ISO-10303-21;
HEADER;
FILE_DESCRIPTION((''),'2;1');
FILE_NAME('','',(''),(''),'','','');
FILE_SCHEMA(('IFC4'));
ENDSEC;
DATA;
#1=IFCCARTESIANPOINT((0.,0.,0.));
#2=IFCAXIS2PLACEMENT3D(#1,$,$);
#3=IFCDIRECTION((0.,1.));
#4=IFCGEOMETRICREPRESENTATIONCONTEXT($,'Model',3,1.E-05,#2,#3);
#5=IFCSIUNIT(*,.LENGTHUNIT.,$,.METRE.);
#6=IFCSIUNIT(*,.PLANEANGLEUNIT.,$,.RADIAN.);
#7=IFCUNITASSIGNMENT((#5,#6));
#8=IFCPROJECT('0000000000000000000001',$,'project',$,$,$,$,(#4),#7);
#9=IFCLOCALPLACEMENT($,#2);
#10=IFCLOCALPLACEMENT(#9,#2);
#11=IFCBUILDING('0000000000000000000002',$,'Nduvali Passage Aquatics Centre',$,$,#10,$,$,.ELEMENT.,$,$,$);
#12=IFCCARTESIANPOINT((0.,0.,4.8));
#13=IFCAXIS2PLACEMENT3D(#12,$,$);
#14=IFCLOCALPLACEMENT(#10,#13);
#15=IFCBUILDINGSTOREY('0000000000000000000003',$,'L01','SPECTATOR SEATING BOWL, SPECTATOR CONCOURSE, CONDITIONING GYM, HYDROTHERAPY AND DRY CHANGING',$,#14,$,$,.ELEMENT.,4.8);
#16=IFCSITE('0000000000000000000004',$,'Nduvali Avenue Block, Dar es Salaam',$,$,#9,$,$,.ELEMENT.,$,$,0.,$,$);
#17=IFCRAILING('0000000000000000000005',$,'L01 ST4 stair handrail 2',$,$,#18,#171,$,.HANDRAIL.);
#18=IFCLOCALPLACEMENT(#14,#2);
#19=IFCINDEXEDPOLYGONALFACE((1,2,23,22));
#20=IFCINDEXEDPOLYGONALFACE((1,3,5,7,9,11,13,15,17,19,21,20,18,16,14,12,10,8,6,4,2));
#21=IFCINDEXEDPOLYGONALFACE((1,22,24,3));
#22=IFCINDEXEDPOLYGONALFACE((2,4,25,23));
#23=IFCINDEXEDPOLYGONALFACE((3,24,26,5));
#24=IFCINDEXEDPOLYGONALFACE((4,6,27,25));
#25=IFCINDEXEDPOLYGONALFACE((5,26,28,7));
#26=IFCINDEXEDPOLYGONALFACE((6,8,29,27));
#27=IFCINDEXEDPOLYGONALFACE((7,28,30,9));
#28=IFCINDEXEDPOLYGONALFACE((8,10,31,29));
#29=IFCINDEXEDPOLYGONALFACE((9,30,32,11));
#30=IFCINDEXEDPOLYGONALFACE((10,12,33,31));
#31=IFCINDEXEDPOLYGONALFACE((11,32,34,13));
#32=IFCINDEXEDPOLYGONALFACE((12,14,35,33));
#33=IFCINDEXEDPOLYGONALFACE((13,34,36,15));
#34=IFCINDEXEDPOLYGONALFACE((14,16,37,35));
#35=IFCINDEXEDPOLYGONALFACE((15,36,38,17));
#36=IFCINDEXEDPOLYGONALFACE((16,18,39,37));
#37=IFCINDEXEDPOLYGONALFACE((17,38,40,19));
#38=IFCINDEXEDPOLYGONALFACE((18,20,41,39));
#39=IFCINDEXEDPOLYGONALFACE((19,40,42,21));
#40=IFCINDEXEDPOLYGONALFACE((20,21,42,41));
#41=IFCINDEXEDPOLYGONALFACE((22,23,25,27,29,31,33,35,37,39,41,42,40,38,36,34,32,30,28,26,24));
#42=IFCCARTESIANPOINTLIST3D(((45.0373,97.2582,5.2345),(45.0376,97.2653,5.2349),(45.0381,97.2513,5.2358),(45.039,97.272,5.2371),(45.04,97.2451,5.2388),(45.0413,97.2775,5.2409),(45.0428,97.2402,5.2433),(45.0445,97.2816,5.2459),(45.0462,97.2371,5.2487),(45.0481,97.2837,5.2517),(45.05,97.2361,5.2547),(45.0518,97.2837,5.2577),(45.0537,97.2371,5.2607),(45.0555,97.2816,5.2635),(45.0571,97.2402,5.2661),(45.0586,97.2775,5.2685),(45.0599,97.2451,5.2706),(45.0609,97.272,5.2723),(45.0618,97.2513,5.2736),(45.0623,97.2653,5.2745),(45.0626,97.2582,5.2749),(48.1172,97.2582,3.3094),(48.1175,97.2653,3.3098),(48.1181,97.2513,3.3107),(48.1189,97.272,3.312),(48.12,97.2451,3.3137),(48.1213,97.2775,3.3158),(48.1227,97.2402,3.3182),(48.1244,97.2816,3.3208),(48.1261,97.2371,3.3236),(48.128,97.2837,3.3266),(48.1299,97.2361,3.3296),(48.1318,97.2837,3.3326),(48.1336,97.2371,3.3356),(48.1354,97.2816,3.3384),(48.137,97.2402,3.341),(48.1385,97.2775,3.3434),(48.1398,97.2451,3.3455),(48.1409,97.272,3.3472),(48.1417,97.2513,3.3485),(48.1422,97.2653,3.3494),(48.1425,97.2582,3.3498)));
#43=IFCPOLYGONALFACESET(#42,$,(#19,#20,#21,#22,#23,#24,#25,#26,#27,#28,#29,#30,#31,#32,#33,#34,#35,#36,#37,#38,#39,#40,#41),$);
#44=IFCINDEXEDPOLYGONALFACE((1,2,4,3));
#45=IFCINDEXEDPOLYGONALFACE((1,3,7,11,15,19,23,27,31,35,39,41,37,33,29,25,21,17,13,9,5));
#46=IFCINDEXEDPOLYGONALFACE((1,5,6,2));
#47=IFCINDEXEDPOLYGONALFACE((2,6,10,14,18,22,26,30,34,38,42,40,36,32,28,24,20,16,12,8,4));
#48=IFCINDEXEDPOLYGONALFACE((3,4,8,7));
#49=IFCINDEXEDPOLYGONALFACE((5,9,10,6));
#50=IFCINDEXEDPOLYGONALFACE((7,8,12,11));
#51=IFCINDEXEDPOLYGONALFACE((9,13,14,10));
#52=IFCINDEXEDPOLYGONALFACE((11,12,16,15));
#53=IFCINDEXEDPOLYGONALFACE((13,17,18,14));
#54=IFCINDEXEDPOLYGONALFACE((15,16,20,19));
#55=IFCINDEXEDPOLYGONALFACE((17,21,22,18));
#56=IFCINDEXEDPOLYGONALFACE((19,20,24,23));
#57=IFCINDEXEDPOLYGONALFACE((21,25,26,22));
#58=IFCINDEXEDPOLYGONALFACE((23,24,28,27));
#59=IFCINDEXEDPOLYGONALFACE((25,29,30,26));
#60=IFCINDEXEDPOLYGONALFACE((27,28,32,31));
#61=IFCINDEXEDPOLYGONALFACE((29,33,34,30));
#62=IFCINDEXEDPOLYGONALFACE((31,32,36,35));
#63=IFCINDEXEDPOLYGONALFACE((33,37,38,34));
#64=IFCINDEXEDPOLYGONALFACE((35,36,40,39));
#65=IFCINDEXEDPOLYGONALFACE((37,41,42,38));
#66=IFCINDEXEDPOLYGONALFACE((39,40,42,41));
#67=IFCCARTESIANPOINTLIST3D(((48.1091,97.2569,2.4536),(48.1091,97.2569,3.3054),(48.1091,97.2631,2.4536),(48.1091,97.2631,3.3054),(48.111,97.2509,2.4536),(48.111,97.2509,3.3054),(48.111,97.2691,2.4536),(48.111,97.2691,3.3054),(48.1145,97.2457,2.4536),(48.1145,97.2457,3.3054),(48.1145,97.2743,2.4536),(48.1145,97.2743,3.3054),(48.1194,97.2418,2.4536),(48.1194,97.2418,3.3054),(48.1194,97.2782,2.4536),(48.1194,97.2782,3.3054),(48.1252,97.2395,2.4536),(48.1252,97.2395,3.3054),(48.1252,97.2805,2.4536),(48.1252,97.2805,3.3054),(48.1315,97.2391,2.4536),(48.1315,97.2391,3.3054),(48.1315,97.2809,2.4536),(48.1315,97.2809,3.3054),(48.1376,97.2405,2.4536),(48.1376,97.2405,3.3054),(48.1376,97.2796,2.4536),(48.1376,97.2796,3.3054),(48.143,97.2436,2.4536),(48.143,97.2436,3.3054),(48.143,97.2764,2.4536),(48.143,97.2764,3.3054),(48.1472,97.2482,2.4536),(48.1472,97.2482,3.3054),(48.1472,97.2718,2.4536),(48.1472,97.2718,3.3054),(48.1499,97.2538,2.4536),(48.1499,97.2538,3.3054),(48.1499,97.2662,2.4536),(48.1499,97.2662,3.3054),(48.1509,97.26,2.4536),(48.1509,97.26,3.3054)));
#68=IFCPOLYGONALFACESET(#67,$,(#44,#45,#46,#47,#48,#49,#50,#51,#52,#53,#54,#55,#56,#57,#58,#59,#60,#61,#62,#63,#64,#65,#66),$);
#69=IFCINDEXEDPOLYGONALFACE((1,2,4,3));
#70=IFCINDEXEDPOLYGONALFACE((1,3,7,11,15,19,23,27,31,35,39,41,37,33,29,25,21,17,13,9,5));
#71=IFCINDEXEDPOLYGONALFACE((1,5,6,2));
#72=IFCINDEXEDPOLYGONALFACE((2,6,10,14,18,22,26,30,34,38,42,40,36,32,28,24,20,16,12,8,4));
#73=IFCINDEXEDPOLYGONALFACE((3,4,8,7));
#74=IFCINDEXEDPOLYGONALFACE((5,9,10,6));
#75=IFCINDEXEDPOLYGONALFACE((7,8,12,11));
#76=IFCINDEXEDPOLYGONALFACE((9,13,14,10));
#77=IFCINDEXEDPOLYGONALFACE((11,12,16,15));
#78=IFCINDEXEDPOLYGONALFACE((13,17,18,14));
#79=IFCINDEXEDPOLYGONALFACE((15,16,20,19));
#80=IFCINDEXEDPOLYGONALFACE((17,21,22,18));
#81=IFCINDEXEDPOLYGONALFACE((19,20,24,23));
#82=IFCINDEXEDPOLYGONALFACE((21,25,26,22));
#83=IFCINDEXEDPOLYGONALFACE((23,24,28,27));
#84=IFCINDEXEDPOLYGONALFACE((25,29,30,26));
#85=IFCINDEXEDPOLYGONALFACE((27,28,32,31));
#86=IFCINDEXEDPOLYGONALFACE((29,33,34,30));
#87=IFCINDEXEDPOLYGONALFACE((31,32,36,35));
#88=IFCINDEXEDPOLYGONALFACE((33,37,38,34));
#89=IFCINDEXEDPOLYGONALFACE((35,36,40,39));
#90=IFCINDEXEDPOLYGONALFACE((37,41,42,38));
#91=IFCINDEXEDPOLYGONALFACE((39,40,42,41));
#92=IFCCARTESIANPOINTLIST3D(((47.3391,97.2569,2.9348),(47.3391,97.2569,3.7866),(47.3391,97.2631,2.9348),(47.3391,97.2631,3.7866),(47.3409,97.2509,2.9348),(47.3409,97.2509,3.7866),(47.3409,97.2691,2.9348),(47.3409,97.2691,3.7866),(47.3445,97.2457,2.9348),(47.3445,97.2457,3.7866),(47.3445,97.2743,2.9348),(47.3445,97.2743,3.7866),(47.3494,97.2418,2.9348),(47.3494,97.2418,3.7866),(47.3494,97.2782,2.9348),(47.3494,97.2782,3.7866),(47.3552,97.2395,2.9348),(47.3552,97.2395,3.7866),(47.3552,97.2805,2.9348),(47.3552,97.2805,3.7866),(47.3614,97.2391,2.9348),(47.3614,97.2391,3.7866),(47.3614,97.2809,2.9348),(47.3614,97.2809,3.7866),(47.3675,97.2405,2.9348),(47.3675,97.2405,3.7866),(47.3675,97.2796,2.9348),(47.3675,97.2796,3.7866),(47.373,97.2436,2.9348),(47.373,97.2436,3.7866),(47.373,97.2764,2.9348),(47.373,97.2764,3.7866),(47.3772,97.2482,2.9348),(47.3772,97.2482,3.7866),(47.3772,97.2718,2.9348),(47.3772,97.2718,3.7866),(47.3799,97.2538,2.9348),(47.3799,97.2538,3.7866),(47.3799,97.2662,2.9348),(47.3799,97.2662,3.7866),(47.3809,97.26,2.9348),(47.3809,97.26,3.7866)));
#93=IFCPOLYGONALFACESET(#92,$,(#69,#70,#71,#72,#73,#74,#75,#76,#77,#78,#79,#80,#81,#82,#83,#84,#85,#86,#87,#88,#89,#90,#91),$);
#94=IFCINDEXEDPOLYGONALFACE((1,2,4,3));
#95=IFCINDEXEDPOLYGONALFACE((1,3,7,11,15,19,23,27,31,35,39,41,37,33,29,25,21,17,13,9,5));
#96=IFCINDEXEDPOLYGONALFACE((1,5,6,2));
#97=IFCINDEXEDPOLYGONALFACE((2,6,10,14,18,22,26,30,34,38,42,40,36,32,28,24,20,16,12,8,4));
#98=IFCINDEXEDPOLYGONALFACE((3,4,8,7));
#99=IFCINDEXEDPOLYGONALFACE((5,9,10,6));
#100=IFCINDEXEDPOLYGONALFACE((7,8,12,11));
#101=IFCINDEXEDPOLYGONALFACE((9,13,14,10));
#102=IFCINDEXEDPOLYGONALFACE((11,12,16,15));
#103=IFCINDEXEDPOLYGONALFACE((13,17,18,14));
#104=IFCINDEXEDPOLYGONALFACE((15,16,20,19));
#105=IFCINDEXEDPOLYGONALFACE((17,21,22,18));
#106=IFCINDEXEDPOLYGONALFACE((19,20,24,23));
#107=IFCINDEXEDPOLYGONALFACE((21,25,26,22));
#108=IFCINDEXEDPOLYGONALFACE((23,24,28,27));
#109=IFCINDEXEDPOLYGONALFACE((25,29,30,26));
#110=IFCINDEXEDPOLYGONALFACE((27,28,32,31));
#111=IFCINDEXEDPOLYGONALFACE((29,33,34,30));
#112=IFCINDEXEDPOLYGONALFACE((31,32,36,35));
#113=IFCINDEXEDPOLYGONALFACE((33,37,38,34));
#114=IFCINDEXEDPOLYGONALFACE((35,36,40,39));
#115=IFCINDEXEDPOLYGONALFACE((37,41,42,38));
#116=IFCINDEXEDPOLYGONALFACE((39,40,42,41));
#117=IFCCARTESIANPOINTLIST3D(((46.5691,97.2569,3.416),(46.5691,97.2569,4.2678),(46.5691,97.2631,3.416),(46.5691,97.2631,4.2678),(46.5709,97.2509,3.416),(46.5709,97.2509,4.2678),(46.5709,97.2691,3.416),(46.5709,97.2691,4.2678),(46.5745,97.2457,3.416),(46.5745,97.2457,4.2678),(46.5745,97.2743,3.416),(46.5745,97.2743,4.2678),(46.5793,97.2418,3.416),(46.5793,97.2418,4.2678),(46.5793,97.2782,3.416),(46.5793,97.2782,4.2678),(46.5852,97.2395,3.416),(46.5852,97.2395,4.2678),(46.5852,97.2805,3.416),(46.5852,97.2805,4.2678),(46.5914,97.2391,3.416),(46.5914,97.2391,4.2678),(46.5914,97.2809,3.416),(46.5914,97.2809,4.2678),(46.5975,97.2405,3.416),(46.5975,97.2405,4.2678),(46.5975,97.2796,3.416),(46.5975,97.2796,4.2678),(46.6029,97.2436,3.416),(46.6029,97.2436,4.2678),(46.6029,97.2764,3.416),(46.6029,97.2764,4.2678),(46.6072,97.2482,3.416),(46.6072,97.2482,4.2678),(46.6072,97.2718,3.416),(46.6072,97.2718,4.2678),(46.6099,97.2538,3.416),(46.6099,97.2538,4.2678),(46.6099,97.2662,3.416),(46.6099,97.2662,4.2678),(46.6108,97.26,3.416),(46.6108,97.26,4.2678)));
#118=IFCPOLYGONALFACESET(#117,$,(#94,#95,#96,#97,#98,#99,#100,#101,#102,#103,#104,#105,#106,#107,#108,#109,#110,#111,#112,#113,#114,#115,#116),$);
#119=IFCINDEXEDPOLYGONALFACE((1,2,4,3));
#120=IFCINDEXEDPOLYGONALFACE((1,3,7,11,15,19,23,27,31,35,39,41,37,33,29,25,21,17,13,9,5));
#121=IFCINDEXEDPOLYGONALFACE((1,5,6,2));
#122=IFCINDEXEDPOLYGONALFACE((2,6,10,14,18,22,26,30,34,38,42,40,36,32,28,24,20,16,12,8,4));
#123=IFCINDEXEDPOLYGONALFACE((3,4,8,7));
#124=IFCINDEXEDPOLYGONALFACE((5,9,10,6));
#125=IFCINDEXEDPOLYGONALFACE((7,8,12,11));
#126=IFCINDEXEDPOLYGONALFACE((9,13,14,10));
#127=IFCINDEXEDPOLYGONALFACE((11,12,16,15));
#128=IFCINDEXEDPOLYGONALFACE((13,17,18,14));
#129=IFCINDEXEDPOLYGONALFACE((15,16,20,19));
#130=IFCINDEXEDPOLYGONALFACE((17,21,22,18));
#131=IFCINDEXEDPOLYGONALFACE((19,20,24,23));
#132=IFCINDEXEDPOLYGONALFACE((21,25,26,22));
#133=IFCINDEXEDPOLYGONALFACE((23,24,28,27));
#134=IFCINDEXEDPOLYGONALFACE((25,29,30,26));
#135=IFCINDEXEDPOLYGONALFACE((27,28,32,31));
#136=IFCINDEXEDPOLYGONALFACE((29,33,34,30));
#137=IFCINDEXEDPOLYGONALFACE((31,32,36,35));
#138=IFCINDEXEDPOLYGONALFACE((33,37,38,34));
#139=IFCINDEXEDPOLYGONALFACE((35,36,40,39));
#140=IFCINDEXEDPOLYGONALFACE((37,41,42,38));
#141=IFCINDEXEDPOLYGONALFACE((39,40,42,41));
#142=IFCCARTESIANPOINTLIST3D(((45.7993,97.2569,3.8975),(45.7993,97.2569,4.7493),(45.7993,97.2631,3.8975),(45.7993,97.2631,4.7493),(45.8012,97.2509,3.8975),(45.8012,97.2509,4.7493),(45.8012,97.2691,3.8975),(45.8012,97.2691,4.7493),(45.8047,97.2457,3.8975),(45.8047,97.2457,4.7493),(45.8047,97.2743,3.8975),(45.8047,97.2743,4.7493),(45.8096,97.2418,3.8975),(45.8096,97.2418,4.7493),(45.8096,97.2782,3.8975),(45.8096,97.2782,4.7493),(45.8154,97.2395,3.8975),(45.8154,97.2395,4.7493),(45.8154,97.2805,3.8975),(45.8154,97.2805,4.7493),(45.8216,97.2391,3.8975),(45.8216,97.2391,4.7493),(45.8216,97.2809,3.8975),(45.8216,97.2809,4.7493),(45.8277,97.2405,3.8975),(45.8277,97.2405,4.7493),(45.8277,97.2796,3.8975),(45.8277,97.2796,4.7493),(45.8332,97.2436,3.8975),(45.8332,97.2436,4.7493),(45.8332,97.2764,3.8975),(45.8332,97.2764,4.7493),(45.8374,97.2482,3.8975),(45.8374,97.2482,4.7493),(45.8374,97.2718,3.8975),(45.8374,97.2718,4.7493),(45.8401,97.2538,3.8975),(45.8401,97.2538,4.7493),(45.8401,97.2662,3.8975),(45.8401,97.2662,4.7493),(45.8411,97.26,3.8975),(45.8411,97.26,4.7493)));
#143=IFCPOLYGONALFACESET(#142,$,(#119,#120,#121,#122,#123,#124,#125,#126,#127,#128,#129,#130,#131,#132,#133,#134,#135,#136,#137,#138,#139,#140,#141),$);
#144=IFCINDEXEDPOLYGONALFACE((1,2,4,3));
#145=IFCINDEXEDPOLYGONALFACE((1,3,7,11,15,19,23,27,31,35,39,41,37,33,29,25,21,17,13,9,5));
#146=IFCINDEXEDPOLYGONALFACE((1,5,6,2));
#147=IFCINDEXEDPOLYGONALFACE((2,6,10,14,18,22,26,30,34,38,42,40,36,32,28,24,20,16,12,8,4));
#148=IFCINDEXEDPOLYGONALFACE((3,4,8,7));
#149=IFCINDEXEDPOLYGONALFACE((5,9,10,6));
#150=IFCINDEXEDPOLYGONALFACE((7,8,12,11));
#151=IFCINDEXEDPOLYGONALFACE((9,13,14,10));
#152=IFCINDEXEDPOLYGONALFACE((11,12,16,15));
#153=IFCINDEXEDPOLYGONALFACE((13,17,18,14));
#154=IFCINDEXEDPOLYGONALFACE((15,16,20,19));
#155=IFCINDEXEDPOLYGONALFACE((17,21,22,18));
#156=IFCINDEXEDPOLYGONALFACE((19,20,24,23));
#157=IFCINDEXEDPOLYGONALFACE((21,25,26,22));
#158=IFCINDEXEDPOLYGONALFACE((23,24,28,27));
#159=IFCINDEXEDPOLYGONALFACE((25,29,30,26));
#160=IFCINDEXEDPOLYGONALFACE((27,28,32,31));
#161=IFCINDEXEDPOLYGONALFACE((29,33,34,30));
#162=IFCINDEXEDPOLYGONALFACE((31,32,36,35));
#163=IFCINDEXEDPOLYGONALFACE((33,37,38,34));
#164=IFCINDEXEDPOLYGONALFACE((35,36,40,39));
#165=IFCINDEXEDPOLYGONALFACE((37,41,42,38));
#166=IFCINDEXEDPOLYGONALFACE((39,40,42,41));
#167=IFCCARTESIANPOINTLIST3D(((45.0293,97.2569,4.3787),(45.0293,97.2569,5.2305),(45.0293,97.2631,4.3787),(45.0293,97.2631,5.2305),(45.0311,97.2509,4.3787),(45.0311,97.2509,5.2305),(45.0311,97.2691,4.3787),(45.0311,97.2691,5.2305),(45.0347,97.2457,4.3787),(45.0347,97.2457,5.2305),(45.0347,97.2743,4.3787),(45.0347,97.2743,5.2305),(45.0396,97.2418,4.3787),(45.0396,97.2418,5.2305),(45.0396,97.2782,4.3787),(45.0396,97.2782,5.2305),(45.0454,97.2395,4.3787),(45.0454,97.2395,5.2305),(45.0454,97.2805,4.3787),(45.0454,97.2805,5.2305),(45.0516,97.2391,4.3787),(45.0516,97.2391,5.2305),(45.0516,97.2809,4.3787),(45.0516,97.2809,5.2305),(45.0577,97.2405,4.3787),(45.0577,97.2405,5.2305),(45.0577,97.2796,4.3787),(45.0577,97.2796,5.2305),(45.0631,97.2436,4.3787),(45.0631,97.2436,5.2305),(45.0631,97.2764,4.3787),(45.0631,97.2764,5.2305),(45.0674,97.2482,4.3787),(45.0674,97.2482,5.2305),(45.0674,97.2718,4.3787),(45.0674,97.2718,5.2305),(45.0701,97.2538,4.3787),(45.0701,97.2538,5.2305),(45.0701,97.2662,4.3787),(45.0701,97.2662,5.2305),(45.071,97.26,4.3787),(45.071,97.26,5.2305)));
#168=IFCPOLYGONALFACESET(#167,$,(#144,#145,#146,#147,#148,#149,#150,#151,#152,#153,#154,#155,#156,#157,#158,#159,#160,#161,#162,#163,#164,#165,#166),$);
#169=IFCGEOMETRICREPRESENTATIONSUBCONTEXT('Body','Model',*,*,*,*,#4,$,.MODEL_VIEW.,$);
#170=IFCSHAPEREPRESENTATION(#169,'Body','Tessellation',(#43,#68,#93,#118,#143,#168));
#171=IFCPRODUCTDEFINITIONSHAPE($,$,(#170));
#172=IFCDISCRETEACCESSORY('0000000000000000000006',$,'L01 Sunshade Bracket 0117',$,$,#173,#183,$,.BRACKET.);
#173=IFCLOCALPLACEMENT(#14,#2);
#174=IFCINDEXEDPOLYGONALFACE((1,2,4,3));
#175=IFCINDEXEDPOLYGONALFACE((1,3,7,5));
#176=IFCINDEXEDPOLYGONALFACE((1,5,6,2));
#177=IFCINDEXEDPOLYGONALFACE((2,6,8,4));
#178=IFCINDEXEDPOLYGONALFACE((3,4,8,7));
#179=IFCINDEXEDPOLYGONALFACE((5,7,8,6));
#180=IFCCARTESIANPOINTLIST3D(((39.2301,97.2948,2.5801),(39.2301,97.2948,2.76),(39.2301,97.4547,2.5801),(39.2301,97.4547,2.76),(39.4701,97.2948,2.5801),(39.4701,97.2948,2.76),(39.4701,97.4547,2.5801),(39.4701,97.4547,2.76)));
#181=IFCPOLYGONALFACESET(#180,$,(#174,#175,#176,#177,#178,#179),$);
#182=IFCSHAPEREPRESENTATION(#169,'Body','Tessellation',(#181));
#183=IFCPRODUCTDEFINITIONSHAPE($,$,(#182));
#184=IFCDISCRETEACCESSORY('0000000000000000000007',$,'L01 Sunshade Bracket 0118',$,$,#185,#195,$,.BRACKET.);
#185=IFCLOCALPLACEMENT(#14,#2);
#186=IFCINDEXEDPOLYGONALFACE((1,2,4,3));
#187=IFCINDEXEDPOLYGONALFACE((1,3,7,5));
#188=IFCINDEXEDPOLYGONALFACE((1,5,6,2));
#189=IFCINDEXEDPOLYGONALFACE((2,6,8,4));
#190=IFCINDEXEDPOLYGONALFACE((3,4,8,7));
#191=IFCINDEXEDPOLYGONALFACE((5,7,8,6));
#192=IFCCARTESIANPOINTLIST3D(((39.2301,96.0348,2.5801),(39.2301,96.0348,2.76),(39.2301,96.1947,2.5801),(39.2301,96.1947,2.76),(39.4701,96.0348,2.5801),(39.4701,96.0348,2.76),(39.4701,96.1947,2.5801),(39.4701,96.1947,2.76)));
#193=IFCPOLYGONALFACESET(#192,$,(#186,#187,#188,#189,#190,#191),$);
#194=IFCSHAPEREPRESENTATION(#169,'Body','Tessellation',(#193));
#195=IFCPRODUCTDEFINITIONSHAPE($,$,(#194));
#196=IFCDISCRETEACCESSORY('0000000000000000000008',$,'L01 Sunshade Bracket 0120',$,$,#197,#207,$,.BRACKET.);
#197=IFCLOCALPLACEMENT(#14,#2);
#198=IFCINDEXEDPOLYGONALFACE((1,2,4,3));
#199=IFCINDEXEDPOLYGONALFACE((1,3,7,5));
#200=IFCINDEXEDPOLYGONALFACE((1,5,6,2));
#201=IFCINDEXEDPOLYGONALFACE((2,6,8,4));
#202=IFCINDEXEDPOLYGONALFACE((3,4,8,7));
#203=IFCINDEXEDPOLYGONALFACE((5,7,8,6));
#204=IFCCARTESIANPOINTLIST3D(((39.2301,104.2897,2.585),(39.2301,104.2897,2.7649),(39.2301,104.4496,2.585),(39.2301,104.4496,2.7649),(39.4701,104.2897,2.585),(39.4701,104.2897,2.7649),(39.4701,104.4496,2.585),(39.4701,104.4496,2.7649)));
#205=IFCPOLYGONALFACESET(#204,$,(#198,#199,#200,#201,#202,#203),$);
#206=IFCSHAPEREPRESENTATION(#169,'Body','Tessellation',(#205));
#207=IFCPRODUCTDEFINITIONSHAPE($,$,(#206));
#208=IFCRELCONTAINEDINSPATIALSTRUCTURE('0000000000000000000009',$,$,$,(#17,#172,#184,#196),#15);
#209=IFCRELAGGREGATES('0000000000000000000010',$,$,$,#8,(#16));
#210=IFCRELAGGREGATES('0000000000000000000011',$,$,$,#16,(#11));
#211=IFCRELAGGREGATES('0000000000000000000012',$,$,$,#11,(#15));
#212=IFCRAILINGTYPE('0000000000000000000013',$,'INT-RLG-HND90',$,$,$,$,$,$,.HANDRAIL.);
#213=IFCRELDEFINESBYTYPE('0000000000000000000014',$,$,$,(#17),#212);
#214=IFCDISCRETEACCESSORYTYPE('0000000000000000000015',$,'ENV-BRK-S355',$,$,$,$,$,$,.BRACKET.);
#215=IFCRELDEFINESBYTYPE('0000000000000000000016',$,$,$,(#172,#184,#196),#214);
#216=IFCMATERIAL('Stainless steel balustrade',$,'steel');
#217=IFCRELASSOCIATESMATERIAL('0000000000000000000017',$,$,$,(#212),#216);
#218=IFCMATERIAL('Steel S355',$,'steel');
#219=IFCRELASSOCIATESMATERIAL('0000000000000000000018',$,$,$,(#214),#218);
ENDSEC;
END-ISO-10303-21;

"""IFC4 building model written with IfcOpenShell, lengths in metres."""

from ifc_helpers import new_model, si_unit, direction, frame, origin, origin_2d, place, context, subcontext, project, spatial, rectangle, circle, extrude, material, type_object, element, save


model = new_model("IFC4")

# Units and contexts
model_context = context("Model", 3, precision=1e-05, world=origin(), true_north=direction((0.0, 1.0)))
body_context = subcontext(model_context, "Body", "Model", "MODEL_VIEW")
ifc_project = project(units=[si_unit("LENGTHUNIT", "METRE"), si_unit("PLANEANGLEUNIT", "RADIAN")], contexts=[model_context])

# Site, building, storey
site_placement = place(None, origin())
site = spatial("IfcSite", under=ifc_project, at=site_placement, Name="Nduvali Avenue Block, Dar es Salaam", CompositionType="ELEMENT", RefElevation=0.0)
building_placement = place(site_placement, origin())
building = spatial("IfcBuilding", under=site, at=building_placement, Name="Nduvali Passage Aquatics Centre", CompositionType="ELEMENT")
storey_placement = place(building_placement, frame((0.0, 0.0, 4.8)))
storey = spatial("IfcBuildingStorey", under=building, at=storey_placement, Name="L01", Description="SPECTATOR SEATING BOWL, SPECTATOR CONCOURSE, CONDITIONING GYM, HYDROTHERAPY AND DRY CHANGING", CompositionType="ELEMENT", Elevation=4.8)

# Shared definitions
ifc_material_1 = material(Name="Steel S355", Category="steel")

# Railing
ifc_material_2 = material(Name="Stainless steel balustrade", Category="steel")
railing_type_1 = type_object("IfcRailingType", Name="INT-RLG-HND90", PredefinedType="HANDRAIL", material=ifc_material_2)
railing_1_placement = place(storey_placement, frame((48.1299, 97.26, 2.4536)))
element("IfcRailing", 1, at=railing_1_placement, inside=storey, type_object=railing_type_1, Name="L01 ST4 stair handrail 2", PredefinedType="HANDRAIL", context=body_context, shape_type="SweptSolid", body=[
    extrude(circle(Radius=0.0239, at=origin_2d()), frame((0.0, 0.0, 0.876), z_axis=(-0.847979, 0.0, 0.530029), x_axis=(0.0, -1.0, 0.0)), (0.0, 0.0, 1.0), 3.6321),
    extrude(circle(Radius=0.021, at=origin_2d()), origin(), (0.0, 0.0, 1.0), 0.8518),
    extrude(circle(Radius=0.021, at=origin_2d()), frame((-0.77, 0.0, 0.4812)), (0.0, 0.0, 1.0), 0.8518),
    extrude(circle(Radius=0.021, at=origin_2d()), frame((-1.54, 0.0, 0.9624)), (0.0, 0.0, 1.0), 0.8518),
    extrude(circle(Radius=0.021, at=origin_2d()), frame((-2.3098, 0.0, 1.4438)), (0.0, 0.0, 1.0), 0.8518),
    extrude(circle(Radius=0.021, at=origin_2d()), frame((-3.0798, 0.0, 1.925)), (0.0, 0.0, 1.0), 0.8518),
])

# Discrete accessories
discrete_accessory_type = type_object("IfcDiscreteAccessoryType", Name="ENV-BRK-S355", PredefinedType="BRACKET", material=ifc_material_1)
for number, where, z_axis, x_axis, name in (
    (2, (39.3501, 97.3748, 2.5801), (0.0, 0.0, 1.0), (0.0, -1.0, 0.0), "L01 Sunshade Bracket 0117"),
    (3, (39.3501, 96.1147, 2.5801), (0.0, 0.0, 1.0), (0.0, -1.0, 0.0), "L01 Sunshade Bracket 0118"),
    (4, (39.3501, 104.3696, 2.585), (0.0, 0.0, 1.0), (0.0, -1.0, 0.0), "L01 Sunshade Bracket 0120"),
):
    element("IfcDiscreteAccessory", number, at=place(storey_placement, frame(where, z_axis=z_axis, x_axis=x_axis)), inside=storey, type_object=discrete_accessory_type, Name=name, PredefinedType="BRACKET", context=body_context, shape_type="SweptSolid", body=[
        extrude(rectangle(XDim=0.1599, YDim=0.24, at=origin_2d()), origin(), (0.0, 0.0, 1.0), 0.1799),
    ])

save(model, "model.ifc")
